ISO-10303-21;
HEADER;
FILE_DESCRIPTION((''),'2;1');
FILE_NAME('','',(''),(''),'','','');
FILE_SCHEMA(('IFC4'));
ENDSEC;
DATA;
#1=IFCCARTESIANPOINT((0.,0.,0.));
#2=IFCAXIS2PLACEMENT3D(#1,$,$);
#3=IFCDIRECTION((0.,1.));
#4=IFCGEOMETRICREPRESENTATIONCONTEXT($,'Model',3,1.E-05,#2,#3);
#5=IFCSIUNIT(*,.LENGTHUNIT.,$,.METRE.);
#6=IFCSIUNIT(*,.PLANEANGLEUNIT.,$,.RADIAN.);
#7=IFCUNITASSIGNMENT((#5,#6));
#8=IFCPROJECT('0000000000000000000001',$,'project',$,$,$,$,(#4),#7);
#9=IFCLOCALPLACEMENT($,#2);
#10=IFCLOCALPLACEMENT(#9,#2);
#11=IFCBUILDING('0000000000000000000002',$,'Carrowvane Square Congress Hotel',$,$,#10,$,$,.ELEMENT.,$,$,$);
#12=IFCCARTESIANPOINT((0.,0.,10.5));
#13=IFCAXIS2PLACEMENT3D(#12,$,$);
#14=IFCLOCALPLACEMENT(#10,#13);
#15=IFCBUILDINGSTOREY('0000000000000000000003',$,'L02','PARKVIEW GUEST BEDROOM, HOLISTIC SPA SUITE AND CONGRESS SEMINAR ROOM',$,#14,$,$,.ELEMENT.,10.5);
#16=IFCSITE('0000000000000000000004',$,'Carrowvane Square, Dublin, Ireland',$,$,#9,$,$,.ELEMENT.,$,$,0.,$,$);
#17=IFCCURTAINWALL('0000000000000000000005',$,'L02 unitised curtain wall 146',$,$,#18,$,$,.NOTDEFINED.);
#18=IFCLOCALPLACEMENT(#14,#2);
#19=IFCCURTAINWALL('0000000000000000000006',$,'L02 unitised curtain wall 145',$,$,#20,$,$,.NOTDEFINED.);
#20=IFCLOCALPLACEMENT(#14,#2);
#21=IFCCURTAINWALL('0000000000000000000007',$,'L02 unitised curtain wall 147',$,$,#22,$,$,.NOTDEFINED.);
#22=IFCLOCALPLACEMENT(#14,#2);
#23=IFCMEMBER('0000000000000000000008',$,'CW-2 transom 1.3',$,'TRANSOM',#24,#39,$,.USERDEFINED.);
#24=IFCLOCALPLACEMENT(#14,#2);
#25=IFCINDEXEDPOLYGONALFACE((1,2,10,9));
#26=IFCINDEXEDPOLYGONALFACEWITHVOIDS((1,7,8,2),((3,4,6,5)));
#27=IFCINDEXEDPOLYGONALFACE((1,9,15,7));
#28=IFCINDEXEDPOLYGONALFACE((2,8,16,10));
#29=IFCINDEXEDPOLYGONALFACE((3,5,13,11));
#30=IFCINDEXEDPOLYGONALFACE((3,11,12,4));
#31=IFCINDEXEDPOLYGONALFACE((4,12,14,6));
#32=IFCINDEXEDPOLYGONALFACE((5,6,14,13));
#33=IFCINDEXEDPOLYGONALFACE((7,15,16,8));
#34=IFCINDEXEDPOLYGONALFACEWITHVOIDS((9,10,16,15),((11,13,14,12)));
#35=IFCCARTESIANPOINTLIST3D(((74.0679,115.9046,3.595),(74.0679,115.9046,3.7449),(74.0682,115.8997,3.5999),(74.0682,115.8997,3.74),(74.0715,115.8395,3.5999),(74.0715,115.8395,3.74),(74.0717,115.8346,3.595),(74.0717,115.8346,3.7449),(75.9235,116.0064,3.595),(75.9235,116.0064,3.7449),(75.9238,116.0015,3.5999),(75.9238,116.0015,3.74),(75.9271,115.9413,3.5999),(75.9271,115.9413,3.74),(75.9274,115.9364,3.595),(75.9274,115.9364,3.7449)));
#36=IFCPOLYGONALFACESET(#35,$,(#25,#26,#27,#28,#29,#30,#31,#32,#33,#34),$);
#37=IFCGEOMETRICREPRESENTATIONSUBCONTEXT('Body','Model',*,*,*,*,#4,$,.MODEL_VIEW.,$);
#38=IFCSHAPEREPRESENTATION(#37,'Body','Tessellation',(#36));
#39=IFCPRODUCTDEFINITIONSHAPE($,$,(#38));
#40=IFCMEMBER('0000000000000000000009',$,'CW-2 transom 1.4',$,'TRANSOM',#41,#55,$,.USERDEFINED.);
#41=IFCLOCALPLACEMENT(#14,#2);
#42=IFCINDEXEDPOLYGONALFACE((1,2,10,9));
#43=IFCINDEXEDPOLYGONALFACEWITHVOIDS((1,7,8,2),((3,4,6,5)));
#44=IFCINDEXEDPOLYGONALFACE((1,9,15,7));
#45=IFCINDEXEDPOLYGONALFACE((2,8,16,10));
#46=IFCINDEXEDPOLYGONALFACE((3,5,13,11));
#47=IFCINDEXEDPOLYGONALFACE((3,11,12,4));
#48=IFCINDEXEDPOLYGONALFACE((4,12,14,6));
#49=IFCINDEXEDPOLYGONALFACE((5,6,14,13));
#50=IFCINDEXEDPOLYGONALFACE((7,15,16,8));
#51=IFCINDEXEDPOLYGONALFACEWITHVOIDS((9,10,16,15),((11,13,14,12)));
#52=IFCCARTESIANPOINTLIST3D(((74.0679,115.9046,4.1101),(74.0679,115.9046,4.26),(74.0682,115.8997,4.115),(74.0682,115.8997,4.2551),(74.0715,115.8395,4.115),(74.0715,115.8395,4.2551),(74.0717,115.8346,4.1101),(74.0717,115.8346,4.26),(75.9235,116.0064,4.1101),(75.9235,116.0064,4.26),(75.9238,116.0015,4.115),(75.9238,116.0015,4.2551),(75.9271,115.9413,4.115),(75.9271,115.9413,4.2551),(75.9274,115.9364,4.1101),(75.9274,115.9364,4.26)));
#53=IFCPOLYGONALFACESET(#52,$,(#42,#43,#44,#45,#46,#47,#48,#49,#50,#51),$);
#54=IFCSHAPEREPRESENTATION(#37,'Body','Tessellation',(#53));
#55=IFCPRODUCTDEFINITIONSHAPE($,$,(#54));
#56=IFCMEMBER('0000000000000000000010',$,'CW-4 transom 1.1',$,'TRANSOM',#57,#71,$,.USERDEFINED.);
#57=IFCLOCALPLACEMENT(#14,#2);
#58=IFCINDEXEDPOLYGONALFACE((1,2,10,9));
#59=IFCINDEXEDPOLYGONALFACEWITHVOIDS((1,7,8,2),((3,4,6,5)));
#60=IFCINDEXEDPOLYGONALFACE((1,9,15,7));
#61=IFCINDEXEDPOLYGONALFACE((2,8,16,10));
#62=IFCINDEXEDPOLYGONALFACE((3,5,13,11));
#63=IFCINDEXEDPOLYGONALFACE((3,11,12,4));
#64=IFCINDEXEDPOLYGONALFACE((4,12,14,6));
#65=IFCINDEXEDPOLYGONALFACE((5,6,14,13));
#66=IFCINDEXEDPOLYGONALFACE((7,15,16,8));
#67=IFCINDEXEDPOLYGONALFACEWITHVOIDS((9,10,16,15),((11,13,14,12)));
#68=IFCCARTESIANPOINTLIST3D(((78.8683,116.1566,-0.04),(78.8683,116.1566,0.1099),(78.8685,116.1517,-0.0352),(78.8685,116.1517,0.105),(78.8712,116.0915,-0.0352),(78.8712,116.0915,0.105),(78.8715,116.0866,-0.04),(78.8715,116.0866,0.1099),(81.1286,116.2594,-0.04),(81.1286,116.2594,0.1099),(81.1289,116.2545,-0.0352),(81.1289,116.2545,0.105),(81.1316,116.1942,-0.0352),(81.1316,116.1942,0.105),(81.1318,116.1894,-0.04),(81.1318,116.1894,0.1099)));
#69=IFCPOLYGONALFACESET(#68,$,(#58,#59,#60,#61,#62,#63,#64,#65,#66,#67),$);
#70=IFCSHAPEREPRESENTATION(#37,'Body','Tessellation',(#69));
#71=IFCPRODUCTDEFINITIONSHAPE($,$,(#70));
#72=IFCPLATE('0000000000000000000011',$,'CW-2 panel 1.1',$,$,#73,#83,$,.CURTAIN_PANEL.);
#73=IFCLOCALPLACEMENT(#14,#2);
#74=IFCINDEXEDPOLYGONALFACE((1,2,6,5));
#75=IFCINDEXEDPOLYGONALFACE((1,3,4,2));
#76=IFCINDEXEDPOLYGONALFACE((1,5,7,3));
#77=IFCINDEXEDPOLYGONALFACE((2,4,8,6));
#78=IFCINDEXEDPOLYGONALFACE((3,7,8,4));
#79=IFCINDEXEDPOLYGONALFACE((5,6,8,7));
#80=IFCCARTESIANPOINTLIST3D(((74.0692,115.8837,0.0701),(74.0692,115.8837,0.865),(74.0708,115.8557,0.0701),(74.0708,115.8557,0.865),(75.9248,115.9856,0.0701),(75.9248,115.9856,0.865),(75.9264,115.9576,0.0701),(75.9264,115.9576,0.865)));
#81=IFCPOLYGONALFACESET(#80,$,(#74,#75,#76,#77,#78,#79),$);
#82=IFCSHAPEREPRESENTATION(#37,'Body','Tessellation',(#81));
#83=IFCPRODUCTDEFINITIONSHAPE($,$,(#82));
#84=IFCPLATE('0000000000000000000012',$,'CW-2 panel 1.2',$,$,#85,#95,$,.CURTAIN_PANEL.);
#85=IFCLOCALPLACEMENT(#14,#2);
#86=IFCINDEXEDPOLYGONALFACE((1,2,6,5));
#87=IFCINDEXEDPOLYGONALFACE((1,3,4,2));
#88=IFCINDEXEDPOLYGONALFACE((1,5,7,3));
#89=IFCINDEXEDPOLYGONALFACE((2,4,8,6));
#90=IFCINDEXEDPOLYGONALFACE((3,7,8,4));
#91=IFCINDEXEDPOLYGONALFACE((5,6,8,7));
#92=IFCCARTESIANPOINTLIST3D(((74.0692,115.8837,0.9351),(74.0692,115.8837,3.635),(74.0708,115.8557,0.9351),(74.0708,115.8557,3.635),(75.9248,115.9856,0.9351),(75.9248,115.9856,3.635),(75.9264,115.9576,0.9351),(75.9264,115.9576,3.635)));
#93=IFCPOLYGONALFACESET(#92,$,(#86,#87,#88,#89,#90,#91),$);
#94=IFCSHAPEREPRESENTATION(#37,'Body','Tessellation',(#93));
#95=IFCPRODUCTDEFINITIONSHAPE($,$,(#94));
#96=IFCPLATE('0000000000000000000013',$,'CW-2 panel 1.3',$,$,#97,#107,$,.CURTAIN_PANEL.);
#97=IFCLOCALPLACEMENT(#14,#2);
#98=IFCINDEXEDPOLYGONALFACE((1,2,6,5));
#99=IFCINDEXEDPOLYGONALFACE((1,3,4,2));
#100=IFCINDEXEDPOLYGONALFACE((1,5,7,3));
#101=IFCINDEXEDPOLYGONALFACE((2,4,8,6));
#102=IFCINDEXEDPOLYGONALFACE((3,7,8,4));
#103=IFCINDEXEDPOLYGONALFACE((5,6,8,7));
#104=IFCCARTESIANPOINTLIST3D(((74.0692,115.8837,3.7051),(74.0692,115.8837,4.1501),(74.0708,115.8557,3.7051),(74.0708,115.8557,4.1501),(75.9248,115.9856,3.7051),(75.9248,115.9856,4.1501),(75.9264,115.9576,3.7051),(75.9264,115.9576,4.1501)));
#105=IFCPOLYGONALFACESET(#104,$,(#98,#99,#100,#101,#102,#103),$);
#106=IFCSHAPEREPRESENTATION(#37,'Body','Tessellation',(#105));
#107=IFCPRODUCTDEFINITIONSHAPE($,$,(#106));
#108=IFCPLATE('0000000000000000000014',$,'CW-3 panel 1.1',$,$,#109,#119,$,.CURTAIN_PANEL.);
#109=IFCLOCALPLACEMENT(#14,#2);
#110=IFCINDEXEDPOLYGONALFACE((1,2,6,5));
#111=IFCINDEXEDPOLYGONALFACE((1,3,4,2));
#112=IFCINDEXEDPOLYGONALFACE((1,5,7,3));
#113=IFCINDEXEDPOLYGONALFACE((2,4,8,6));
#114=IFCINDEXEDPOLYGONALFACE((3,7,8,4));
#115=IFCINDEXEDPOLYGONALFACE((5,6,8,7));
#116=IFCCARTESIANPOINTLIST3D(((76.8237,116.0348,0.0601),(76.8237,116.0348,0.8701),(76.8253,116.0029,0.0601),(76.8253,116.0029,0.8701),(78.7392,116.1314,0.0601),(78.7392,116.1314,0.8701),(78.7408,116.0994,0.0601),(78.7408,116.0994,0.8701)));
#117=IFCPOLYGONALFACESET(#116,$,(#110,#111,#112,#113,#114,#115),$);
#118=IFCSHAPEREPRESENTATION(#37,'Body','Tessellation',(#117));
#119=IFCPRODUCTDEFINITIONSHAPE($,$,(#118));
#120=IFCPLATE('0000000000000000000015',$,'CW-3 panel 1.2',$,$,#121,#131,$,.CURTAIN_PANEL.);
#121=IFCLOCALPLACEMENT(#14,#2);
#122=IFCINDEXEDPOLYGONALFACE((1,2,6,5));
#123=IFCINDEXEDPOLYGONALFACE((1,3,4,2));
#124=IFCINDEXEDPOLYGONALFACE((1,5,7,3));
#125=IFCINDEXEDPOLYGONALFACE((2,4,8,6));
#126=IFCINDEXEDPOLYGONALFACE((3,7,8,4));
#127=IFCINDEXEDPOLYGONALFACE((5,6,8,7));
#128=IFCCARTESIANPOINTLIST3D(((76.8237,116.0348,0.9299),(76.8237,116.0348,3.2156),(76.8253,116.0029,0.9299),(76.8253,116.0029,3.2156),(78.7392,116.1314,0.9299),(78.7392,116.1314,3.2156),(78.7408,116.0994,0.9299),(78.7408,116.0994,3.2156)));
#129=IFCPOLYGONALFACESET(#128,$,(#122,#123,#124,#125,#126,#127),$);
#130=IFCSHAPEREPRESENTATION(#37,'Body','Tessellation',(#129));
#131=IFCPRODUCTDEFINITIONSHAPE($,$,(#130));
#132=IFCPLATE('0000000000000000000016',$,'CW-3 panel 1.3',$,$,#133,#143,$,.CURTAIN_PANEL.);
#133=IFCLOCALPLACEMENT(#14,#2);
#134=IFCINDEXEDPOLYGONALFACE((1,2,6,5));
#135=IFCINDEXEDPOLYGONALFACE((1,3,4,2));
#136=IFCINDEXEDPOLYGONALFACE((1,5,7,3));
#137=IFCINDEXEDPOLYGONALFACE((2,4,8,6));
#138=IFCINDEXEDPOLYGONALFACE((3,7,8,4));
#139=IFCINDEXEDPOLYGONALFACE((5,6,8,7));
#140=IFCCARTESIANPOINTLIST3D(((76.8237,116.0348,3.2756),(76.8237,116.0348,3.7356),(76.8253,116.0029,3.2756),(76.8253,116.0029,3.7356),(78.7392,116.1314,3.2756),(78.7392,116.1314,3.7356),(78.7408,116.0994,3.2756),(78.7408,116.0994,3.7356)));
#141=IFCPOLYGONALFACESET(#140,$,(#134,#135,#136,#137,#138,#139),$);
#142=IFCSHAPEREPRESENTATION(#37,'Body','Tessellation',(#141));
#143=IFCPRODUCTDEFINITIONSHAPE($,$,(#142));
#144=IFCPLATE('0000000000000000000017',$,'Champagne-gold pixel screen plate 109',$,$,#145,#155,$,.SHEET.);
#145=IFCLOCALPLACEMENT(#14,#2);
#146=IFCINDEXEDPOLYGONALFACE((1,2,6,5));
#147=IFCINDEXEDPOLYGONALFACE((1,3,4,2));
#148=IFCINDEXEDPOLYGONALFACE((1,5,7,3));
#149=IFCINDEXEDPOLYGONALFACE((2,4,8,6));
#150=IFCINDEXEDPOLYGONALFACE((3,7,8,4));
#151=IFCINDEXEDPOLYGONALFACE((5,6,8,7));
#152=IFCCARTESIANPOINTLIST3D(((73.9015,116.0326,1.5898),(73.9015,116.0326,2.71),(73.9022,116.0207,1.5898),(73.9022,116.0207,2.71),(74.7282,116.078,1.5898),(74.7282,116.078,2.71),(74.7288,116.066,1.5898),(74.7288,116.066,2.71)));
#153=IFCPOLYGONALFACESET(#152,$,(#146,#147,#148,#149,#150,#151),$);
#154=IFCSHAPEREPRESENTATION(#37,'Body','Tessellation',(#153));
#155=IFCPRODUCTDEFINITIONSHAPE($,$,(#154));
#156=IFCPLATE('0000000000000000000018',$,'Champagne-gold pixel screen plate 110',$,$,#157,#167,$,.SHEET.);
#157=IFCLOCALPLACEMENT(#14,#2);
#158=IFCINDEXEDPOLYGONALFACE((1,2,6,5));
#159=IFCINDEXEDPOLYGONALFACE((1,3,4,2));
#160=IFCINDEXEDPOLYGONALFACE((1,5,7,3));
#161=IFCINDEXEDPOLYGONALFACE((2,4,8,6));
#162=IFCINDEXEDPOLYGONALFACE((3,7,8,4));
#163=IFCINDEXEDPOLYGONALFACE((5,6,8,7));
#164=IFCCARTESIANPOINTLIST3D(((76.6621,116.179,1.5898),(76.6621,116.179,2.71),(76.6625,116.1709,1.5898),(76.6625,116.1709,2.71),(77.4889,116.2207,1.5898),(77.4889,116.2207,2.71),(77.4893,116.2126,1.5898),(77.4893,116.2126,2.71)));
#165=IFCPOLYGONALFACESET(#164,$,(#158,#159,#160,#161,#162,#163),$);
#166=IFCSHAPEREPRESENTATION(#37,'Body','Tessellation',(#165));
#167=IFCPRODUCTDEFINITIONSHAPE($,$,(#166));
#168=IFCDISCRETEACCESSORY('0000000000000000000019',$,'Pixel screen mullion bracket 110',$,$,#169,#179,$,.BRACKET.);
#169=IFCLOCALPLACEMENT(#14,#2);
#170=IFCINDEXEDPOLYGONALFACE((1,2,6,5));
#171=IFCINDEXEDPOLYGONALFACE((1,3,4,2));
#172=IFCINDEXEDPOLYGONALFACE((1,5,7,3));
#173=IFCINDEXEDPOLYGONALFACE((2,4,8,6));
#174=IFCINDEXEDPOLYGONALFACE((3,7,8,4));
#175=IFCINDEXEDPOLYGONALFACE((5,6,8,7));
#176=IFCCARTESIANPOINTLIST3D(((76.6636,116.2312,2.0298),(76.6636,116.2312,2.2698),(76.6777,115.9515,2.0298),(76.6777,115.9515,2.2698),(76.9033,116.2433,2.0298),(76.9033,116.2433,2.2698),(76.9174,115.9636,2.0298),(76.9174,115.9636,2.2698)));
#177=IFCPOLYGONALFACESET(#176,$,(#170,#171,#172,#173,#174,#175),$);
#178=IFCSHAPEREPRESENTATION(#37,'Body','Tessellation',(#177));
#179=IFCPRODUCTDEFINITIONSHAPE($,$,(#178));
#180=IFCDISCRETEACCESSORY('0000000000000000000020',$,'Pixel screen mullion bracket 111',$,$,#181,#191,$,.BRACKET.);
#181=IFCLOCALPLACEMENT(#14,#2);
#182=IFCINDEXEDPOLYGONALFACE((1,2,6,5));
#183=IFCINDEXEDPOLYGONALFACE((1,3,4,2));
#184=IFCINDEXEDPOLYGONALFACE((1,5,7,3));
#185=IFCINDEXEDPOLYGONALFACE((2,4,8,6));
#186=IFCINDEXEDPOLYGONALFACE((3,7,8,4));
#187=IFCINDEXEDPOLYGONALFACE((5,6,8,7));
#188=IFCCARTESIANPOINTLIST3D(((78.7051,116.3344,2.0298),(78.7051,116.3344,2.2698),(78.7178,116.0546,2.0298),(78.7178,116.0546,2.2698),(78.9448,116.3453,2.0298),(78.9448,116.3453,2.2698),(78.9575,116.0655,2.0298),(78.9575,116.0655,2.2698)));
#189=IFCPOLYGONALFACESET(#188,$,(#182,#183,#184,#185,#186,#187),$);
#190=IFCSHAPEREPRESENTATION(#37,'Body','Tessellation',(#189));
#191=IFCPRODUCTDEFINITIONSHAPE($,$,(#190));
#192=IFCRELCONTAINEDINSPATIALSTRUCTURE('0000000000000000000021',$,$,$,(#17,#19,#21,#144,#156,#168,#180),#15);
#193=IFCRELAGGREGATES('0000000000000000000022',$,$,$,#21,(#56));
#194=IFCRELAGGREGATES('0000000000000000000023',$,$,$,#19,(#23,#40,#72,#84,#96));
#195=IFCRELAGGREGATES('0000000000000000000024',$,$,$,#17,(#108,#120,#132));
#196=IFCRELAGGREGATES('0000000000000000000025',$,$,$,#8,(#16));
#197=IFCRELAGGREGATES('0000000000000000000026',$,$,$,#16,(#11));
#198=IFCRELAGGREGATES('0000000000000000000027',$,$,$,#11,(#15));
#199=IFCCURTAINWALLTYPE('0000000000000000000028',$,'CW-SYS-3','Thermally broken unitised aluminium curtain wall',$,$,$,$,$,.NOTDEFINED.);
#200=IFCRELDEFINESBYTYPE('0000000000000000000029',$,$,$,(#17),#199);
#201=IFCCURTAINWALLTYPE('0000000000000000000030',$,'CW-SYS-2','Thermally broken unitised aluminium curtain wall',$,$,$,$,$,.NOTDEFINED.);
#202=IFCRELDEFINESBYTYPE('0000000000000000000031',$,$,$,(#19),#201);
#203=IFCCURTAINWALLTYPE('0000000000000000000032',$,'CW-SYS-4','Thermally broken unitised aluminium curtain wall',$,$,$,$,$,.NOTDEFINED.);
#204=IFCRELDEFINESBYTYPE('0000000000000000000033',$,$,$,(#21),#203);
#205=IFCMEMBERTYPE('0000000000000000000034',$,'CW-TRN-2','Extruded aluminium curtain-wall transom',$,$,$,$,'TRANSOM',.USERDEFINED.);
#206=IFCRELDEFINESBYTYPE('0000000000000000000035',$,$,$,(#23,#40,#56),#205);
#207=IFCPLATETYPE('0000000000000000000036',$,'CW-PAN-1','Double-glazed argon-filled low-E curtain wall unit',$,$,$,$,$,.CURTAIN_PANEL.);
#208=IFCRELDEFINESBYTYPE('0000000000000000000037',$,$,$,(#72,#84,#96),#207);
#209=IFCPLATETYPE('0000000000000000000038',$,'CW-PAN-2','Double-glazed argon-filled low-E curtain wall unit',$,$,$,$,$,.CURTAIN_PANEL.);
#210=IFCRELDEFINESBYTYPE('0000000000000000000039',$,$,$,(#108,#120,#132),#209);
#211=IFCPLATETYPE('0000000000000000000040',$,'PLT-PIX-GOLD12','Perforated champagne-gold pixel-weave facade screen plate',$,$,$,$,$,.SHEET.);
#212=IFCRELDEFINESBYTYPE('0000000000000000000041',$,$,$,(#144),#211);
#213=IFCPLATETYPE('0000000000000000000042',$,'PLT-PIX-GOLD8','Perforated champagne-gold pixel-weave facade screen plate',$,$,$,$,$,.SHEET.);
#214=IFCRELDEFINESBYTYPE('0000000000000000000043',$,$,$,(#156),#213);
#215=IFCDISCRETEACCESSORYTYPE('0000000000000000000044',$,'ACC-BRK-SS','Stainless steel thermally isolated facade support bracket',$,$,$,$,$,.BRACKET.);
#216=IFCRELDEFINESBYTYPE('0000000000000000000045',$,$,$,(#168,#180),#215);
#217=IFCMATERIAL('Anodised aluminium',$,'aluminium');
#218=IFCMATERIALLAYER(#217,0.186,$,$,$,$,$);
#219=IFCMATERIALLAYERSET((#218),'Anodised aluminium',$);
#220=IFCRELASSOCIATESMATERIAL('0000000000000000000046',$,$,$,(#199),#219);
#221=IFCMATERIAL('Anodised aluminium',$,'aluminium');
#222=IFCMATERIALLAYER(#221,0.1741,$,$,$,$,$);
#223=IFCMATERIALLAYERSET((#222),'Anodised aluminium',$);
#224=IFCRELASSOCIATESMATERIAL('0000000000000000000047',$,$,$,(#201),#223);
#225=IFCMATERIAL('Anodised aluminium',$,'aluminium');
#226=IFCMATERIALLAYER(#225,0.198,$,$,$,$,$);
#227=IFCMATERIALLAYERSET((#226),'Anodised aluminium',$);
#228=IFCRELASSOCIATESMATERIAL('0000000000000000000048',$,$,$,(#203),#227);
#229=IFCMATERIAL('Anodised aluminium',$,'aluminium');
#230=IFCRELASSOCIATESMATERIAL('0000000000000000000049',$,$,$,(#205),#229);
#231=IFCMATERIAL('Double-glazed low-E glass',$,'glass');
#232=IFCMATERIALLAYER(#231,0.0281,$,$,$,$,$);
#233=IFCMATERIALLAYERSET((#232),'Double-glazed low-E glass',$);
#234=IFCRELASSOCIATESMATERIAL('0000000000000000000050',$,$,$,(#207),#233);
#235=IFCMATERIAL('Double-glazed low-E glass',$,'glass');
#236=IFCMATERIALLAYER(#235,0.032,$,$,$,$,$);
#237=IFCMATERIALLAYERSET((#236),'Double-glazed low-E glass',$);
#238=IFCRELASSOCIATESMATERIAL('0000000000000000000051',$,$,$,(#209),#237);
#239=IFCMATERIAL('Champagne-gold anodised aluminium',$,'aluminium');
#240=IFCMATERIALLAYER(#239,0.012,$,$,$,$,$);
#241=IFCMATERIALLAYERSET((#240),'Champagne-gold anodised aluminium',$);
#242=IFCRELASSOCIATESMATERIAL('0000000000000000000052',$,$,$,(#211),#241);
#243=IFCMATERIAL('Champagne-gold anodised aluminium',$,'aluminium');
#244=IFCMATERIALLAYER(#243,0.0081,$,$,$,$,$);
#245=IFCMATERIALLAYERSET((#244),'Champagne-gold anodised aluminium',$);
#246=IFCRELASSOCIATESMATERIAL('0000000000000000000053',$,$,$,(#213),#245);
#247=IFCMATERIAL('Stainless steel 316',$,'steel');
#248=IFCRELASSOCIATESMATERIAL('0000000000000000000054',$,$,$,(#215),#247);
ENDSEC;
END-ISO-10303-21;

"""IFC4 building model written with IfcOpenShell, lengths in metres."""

from ifc_helpers import new_model, si_unit, direction, frame, origin, origin_2d, place, context, subcontext, project, spatial, rectangle, hollow_rectangle, extrude, material, layer, layer_set, material_profile, profile_set, type_object, element, aggregate, save


model = new_model("IFC4")

# Units and contexts
model_context = context("Model", 3, precision=1e-05, world=origin(), true_north=direction((0.0, 1.0)))
body_context = subcontext(model_context, "Body", "Model", "MODEL_VIEW")
ifc_project = project(units=[si_unit("LENGTHUNIT", "METRE"), si_unit("PLANEANGLEUNIT", "RADIAN")], contexts=[model_context])

# Site, building, storey
site_placement = place(None, origin())
site = spatial("IfcSite", under=ifc_project, at=site_placement, Name="Carrowvane Square, Dublin, Ireland", CompositionType="ELEMENT", RefElevation=0.0)
building_placement = place(site_placement, origin())
building = spatial("IfcBuilding", under=site, at=building_placement, Name="Carrowvane Square Congress Hotel", CompositionType="ELEMENT")
storey_placement = place(building_placement, frame((0.0, 0.0, 10.5)))
storey = spatial("IfcBuildingStorey", under=building, at=storey_placement, Name="L02", Description="PARKVIEW GUEST BEDROOM, HOLISTIC SPA SUITE AND CONGRESS SEMINAR ROOM", CompositionType="ELEMENT", Elevation=10.5)

# Curtain wall
ifc_material_1 = material(Name="Anodised aluminium", Category="aluminium")
ifc_layer_1 = layer(ifc_material_1, 0.186)
ifc_layer_set_1 = layer_set([ifc_layer_1], Name="Anodised aluminium")
curtain_wall_type_1 = type_object("IfcCurtainWallType", Name="CW-SYS-3", Description="Thermally broken unitised aluminium curtain wall", PredefinedType="NOTDEFINED", material=ifc_layer_set_1)
curtain_wall_1_placement = place(storey_placement, origin())
curtain_wall_1 = element("IfcCurtainWall", 1, at=curtain_wall_1_placement, inside=storey, type_object=curtain_wall_type_1, Name="L02 unitised curtain wall 146", PredefinedType="NOTDEFINED")

# Curtain walls
ifc_material_2 = material(Name="Anodised aluminium", Category="aluminium")
ifc_layer_2 = layer(ifc_material_2, 0.1741)
ifc_layer_set_2 = layer_set([ifc_layer_2], Name="Anodised aluminium")
curtain_wall_type_2 = type_object("IfcCurtainWallType", Name="CW-SYS-2", Description="Thermally broken unitised aluminium curtain wall", PredefinedType="NOTDEFINED", material=ifc_layer_set_2)
curtain_wall_2_placement = place(storey_placement, origin())
curtain_wall_2 = element("IfcCurtainWall", 2, at=curtain_wall_2_placement, inside=storey, type_object=curtain_wall_type_2, Name="L02 unitised curtain wall 145", PredefinedType="NOTDEFINED")
ifc_material_3 = material(Name="Anodised aluminium", Category="aluminium")
ifc_layer_3 = layer(ifc_material_3, 0.198)
ifc_layer_set_3 = layer_set([ifc_layer_3], Name="Anodised aluminium")
curtain_wall_type_3 = type_object("IfcCurtainWallType", Name="CW-SYS-4", Description="Thermally broken unitised aluminium curtain wall", PredefinedType="NOTDEFINED", material=ifc_layer_set_3)
curtain_wall_3_placement = place(storey_placement, origin())
curtain_wall_3 = element("IfcCurtainWall", 3, at=curtain_wall_3_placement, inside=storey, type_object=curtain_wall_type_3, Name="L02 unitised curtain wall 147", PredefinedType="NOTDEFINED")

# Members
ifc_material_4 = material(Name="Anodised aluminium", Category="aluminium")
ifc_material_profile_1 = material_profile(ifc_material_4, hollow_rectangle(XDim=0.0701, YDim=0.1499, WallThickness=0.0049, at=origin_2d()), Name="CW-TR 70x150x5")
ifc_profile_set_1 = profile_set([ifc_material_profile_1], Name="Anodised aluminium")
member_type_1 = type_object("IfcMemberType", Name="CW-TRN-2", Description="Extruded aluminium curtain-wall transom", ElementType="TRANSOM", PredefinedType="USERDEFINED", material=ifc_profile_set_1)
member_1_placement = place(storey_placement, frame((74.0698, 115.8696, 3.6699), z_axis=(0.998499, 0.054779, 0.0), x_axis=(-0.054779, 0.998499, 0.0)))
member_1 = element("IfcMember", 4, at=member_1_placement, type_object=member_type_1, Name="CW-2 transom 1.3", ObjectType="TRANSOM", PredefinedType="USERDEFINED", context=body_context, shape_type="SweptSolid", body=[
    extrude(hollow_rectangle(XDim=0.0701, YDim=0.1499, WallThickness=0.0049, at=origin_2d()), origin(), (0.0, 0.0, 1.0), 1.8584),
])
member_2_placement = place(storey_placement, frame((74.0698, 115.8696, 4.1851), z_axis=(0.998499, 0.054779, 0.0), x_axis=(-0.054779, 0.998499, 0.0)))
member_2 = element("IfcMember", 5, at=member_2_placement, type_object=member_type_1, Name="CW-2 transom 1.4", ObjectType="TRANSOM", PredefinedType="USERDEFINED", context=body_context, shape_type="SweptSolid", body=[
    extrude(hollow_rectangle(XDim=0.0701, YDim=0.1499, WallThickness=0.0049, at=origin_2d()), origin(), (0.0, 0.0, 1.0), 1.8584),
])
member_3_placement = place(storey_placement, frame((78.8699, 116.1216, 0.0349), z_axis=(0.998968, 0.045427, 0.0), x_axis=(-0.045427, 0.998968, 0.0)))
member_3 = element("IfcMember", 6, at=member_3_placement, type_object=member_type_1, Name="CW-4 transom 1.1", ObjectType="TRANSOM", PredefinedType="USERDEFINED", context=body_context, shape_type="SweptSolid", body=[
    extrude(hollow_rectangle(XDim=0.0701, YDim=0.1499, WallThickness=0.0049, at=origin_2d()), origin(), (0.0, 0.0, 1.0), 2.2627),
])
aggregate(curtain_wall_3, [member_3])

# Plates
ifc_material_5 = material(Name="Double-glazed low-E glass", Category="glass")
ifc_layer_4 = layer(ifc_material_5, 0.0281)
ifc_layer_set_4 = layer_set([ifc_layer_4], Name="Double-glazed low-E glass")
plate_type_1 = type_object("IfcPlateType", Name="CW-PAN-1", Description="Double-glazed argon-filled low-E curtain wall unit", PredefinedType="CURTAIN_PANEL", material=ifc_layer_set_4)
plate_1_placement = place(storey_placement, frame((74.9978, 115.9207, 0.0701), z_axis=(0.0, 0.0, 1.0), x_axis=(0.998496, 0.054816, 0.0)))
plate_1 = element("IfcPlate", 7, at=plate_1_placement, type_object=plate_type_1, Name="CW-2 panel 1.1", PredefinedType="CURTAIN_PANEL", context=body_context, shape_type="SweptSolid", body=[
    extrude(rectangle(XDim=1.8584, YDim=0.0281, at=origin_2d()), origin(), (0.0, 0.0, 1.0), 0.7949),
])
plate_2_placement = place(storey_placement, frame((74.9978, 115.9207, 0.9351), z_axis=(0.0, 0.0, 1.0), x_axis=(0.998496, 0.054816, 0.0)))
plate_2 = element("IfcPlate", 8, at=plate_2_placement, type_object=plate_type_1, Name="CW-2 panel 1.2", PredefinedType="CURTAIN_PANEL", context=body_context, shape_type="SweptSolid", body=[
    extrude(rectangle(XDim=1.8584, YDim=0.0281, at=origin_2d()), origin(), (0.0, 0.0, 1.0), 2.7),
])
plate_3_placement = place(storey_placement, frame((74.9978, 115.9207, 3.7051), z_axis=(0.0, 0.0, 1.0), x_axis=(0.998496, 0.054816, 0.0)))
plate_3 = element("IfcPlate", 9, at=plate_3_placement, type_object=plate_type_1, Name="CW-2 panel 1.3", PredefinedType="CURTAIN_PANEL", context=body_context, shape_type="SweptSolid", body=[
    extrude(rectangle(XDim=1.8584, YDim=0.0281, at=origin_2d()), origin(), (0.0, 0.0, 1.0), 0.4451),
])
aggregate(curtain_wall_2, [member_1, member_2, plate_1, plate_2, plate_3])
ifc_material_6 = material(Name="Double-glazed low-E glass", Category="glass")
ifc_layer_5 = layer(ifc_material_6, 0.032)
ifc_layer_set_5 = layer_set([ifc_layer_5], Name="Double-glazed low-E glass")
plate_type_2 = type_object("IfcPlateType", Name="CW-PAN-2", Description="Double-glazed argon-filled low-E curtain wall unit", PredefinedType="CURTAIN_PANEL", material=ifc_layer_set_5)
plate_4_placement = place(storey_placement, frame((77.7822, 116.0671, 0.0601), z_axis=(0.0, 0.0, 1.0), x_axis=(0.998733, 0.050324, 0.0)))
plate_4 = element("IfcPlate", 10, at=plate_4_placement, type_object=plate_type_2, Name="CW-3 panel 1.1", PredefinedType="CURTAIN_PANEL", context=body_context, shape_type="SweptSolid", body=[
    extrude(rectangle(XDim=1.918, YDim=0.032, at=origin_2d()), origin(), (0.0, 0.0, 1.0), 0.8101),
])
plate_5_placement = place(storey_placement, frame((77.7822, 116.0671, 0.9299), z_axis=(0.0, 0.0, 1.0), x_axis=(0.998733, 0.050324, 0.0)))
plate_5 = element("IfcPlate", 11, at=plate_5_placement, type_object=plate_type_2, Name="CW-3 panel 1.2", PredefinedType="CURTAIN_PANEL", context=body_context, shape_type="SweptSolid", body=[
    extrude(rectangle(XDim=1.918, YDim=0.032, at=origin_2d()), origin(), (0.0, 0.0, 1.0), 2.2856),
])
plate_6_placement = place(storey_placement, frame((77.7822, 116.0671, 3.2756), z_axis=(0.0, 0.0, 1.0), x_axis=(0.998733, 0.050324, 0.0)))
plate_6 = element("IfcPlate", 12, at=plate_6_placement, type_object=plate_type_2, Name="CW-3 panel 1.3", PredefinedType="CURTAIN_PANEL", context=body_context, shape_type="SweptSolid", body=[
    extrude(rectangle(XDim=1.918, YDim=0.032, at=origin_2d()), origin(), (0.0, 0.0, 1.0), 0.46),
])
aggregate(curtain_wall_1, [plate_4, plate_5, plate_6])

# Plates
ifc_material_7 = material(Name="Champagne-gold anodised aluminium", Category="aluminium")
ifc_layer_6 = layer(ifc_material_7, 0.012)
ifc_layer_set_6 = layer_set([ifc_layer_6], Name="Champagne-gold anodised aluminium")
plate_type_3 = type_object("IfcPlateType", Name="PLT-PIX-GOLD12", Description="Perforated champagne-gold pixel-weave facade screen plate", PredefinedType="SHEET", material=ifc_layer_set_6)
plate_7_placement = place(storey_placement, frame((74.3152, 116.0493, 1.5898), z_axis=(0.0, 0.0, 1.0), x_axis=(0.998497, 0.054815, 0.0)))
element("IfcPlate", 13, at=plate_7_placement, inside=storey, type_object=plate_type_3, Name="Champagne-gold pixel screen plate 109", PredefinedType="SHEET", context=body_context, shape_type="SweptSolid", body=[
    extrude(rectangle(XDim=0.8279, YDim=0.012, at=origin_2d()), origin(), (0.0, 0.0, 1.0), 1.1201),
])
ifc_material_8 = material(Name="Champagne-gold anodised aluminium", Category="aluminium")
ifc_layer_7 = layer(ifc_material_8, 0.0081)
ifc_layer_set_7 = layer_set([ifc_layer_7], Name="Champagne-gold anodised aluminium")
plate_type_4 = type_object("IfcPlateType", Name="PLT-PIX-GOLD8", Description="Perforated champagne-gold pixel-weave facade screen plate", PredefinedType="SHEET", material=ifc_layer_set_7)
plate_8_placement = place(storey_placement, frame((77.0757, 116.1958, 1.5898), z_axis=(0.0, 0.0, 1.0), x_axis=(0.998733, 0.050322, 0.0)))
element("IfcPlate", 14, at=plate_8_placement, inside=storey, type_object=plate_type_4, Name="Champagne-gold pixel screen plate 110", PredefinedType="SHEET", context=body_context, shape_type="SweptSolid", body=[
    extrude(rectangle(XDim=0.8279, YDim=0.0081, at=origin_2d()), origin(), (0.0, 0.0, 1.0), 1.1201),
])

# Discrete accessories
ifc_material_9 = material(Name="Stainless steel 316", Category="steel")
discrete_accessory_type = type_object("IfcDiscreteAccessoryType", Name="ACC-BRK-SS", Description="Stainless steel thermally isolated facade support bracket", PredefinedType="BRACKET", material=ifc_material_9)
for number, where, z_axis, x_axis, name in (
    (15, (76.7905, 116.0974, 2.0298), (0.0, 0.0, 1.0), (0.998733, 0.050322, 0.0), "Pixel screen mullion bracket 110"),
    (16, (78.8313, 116.2, 2.0298), (0.0, 0.0, 1.0), (0.998968, 0.045414, 0.0), "Pixel screen mullion bracket 111"),
):
    element("IfcDiscreteAccessory", number, at=place(storey_placement, frame(where, z_axis=z_axis, x_axis=x_axis)), inside=storey, type_object=discrete_accessory_type, Name=name, PredefinedType="BRACKET", context=body_context, shape_type="SweptSolid", body=[
        extrude(rectangle(XDim=0.24, YDim=0.28, at=origin_2d()), origin(), (0.0, 0.0, 1.0), 0.24),
    ])

save(model, "model.ifc")
